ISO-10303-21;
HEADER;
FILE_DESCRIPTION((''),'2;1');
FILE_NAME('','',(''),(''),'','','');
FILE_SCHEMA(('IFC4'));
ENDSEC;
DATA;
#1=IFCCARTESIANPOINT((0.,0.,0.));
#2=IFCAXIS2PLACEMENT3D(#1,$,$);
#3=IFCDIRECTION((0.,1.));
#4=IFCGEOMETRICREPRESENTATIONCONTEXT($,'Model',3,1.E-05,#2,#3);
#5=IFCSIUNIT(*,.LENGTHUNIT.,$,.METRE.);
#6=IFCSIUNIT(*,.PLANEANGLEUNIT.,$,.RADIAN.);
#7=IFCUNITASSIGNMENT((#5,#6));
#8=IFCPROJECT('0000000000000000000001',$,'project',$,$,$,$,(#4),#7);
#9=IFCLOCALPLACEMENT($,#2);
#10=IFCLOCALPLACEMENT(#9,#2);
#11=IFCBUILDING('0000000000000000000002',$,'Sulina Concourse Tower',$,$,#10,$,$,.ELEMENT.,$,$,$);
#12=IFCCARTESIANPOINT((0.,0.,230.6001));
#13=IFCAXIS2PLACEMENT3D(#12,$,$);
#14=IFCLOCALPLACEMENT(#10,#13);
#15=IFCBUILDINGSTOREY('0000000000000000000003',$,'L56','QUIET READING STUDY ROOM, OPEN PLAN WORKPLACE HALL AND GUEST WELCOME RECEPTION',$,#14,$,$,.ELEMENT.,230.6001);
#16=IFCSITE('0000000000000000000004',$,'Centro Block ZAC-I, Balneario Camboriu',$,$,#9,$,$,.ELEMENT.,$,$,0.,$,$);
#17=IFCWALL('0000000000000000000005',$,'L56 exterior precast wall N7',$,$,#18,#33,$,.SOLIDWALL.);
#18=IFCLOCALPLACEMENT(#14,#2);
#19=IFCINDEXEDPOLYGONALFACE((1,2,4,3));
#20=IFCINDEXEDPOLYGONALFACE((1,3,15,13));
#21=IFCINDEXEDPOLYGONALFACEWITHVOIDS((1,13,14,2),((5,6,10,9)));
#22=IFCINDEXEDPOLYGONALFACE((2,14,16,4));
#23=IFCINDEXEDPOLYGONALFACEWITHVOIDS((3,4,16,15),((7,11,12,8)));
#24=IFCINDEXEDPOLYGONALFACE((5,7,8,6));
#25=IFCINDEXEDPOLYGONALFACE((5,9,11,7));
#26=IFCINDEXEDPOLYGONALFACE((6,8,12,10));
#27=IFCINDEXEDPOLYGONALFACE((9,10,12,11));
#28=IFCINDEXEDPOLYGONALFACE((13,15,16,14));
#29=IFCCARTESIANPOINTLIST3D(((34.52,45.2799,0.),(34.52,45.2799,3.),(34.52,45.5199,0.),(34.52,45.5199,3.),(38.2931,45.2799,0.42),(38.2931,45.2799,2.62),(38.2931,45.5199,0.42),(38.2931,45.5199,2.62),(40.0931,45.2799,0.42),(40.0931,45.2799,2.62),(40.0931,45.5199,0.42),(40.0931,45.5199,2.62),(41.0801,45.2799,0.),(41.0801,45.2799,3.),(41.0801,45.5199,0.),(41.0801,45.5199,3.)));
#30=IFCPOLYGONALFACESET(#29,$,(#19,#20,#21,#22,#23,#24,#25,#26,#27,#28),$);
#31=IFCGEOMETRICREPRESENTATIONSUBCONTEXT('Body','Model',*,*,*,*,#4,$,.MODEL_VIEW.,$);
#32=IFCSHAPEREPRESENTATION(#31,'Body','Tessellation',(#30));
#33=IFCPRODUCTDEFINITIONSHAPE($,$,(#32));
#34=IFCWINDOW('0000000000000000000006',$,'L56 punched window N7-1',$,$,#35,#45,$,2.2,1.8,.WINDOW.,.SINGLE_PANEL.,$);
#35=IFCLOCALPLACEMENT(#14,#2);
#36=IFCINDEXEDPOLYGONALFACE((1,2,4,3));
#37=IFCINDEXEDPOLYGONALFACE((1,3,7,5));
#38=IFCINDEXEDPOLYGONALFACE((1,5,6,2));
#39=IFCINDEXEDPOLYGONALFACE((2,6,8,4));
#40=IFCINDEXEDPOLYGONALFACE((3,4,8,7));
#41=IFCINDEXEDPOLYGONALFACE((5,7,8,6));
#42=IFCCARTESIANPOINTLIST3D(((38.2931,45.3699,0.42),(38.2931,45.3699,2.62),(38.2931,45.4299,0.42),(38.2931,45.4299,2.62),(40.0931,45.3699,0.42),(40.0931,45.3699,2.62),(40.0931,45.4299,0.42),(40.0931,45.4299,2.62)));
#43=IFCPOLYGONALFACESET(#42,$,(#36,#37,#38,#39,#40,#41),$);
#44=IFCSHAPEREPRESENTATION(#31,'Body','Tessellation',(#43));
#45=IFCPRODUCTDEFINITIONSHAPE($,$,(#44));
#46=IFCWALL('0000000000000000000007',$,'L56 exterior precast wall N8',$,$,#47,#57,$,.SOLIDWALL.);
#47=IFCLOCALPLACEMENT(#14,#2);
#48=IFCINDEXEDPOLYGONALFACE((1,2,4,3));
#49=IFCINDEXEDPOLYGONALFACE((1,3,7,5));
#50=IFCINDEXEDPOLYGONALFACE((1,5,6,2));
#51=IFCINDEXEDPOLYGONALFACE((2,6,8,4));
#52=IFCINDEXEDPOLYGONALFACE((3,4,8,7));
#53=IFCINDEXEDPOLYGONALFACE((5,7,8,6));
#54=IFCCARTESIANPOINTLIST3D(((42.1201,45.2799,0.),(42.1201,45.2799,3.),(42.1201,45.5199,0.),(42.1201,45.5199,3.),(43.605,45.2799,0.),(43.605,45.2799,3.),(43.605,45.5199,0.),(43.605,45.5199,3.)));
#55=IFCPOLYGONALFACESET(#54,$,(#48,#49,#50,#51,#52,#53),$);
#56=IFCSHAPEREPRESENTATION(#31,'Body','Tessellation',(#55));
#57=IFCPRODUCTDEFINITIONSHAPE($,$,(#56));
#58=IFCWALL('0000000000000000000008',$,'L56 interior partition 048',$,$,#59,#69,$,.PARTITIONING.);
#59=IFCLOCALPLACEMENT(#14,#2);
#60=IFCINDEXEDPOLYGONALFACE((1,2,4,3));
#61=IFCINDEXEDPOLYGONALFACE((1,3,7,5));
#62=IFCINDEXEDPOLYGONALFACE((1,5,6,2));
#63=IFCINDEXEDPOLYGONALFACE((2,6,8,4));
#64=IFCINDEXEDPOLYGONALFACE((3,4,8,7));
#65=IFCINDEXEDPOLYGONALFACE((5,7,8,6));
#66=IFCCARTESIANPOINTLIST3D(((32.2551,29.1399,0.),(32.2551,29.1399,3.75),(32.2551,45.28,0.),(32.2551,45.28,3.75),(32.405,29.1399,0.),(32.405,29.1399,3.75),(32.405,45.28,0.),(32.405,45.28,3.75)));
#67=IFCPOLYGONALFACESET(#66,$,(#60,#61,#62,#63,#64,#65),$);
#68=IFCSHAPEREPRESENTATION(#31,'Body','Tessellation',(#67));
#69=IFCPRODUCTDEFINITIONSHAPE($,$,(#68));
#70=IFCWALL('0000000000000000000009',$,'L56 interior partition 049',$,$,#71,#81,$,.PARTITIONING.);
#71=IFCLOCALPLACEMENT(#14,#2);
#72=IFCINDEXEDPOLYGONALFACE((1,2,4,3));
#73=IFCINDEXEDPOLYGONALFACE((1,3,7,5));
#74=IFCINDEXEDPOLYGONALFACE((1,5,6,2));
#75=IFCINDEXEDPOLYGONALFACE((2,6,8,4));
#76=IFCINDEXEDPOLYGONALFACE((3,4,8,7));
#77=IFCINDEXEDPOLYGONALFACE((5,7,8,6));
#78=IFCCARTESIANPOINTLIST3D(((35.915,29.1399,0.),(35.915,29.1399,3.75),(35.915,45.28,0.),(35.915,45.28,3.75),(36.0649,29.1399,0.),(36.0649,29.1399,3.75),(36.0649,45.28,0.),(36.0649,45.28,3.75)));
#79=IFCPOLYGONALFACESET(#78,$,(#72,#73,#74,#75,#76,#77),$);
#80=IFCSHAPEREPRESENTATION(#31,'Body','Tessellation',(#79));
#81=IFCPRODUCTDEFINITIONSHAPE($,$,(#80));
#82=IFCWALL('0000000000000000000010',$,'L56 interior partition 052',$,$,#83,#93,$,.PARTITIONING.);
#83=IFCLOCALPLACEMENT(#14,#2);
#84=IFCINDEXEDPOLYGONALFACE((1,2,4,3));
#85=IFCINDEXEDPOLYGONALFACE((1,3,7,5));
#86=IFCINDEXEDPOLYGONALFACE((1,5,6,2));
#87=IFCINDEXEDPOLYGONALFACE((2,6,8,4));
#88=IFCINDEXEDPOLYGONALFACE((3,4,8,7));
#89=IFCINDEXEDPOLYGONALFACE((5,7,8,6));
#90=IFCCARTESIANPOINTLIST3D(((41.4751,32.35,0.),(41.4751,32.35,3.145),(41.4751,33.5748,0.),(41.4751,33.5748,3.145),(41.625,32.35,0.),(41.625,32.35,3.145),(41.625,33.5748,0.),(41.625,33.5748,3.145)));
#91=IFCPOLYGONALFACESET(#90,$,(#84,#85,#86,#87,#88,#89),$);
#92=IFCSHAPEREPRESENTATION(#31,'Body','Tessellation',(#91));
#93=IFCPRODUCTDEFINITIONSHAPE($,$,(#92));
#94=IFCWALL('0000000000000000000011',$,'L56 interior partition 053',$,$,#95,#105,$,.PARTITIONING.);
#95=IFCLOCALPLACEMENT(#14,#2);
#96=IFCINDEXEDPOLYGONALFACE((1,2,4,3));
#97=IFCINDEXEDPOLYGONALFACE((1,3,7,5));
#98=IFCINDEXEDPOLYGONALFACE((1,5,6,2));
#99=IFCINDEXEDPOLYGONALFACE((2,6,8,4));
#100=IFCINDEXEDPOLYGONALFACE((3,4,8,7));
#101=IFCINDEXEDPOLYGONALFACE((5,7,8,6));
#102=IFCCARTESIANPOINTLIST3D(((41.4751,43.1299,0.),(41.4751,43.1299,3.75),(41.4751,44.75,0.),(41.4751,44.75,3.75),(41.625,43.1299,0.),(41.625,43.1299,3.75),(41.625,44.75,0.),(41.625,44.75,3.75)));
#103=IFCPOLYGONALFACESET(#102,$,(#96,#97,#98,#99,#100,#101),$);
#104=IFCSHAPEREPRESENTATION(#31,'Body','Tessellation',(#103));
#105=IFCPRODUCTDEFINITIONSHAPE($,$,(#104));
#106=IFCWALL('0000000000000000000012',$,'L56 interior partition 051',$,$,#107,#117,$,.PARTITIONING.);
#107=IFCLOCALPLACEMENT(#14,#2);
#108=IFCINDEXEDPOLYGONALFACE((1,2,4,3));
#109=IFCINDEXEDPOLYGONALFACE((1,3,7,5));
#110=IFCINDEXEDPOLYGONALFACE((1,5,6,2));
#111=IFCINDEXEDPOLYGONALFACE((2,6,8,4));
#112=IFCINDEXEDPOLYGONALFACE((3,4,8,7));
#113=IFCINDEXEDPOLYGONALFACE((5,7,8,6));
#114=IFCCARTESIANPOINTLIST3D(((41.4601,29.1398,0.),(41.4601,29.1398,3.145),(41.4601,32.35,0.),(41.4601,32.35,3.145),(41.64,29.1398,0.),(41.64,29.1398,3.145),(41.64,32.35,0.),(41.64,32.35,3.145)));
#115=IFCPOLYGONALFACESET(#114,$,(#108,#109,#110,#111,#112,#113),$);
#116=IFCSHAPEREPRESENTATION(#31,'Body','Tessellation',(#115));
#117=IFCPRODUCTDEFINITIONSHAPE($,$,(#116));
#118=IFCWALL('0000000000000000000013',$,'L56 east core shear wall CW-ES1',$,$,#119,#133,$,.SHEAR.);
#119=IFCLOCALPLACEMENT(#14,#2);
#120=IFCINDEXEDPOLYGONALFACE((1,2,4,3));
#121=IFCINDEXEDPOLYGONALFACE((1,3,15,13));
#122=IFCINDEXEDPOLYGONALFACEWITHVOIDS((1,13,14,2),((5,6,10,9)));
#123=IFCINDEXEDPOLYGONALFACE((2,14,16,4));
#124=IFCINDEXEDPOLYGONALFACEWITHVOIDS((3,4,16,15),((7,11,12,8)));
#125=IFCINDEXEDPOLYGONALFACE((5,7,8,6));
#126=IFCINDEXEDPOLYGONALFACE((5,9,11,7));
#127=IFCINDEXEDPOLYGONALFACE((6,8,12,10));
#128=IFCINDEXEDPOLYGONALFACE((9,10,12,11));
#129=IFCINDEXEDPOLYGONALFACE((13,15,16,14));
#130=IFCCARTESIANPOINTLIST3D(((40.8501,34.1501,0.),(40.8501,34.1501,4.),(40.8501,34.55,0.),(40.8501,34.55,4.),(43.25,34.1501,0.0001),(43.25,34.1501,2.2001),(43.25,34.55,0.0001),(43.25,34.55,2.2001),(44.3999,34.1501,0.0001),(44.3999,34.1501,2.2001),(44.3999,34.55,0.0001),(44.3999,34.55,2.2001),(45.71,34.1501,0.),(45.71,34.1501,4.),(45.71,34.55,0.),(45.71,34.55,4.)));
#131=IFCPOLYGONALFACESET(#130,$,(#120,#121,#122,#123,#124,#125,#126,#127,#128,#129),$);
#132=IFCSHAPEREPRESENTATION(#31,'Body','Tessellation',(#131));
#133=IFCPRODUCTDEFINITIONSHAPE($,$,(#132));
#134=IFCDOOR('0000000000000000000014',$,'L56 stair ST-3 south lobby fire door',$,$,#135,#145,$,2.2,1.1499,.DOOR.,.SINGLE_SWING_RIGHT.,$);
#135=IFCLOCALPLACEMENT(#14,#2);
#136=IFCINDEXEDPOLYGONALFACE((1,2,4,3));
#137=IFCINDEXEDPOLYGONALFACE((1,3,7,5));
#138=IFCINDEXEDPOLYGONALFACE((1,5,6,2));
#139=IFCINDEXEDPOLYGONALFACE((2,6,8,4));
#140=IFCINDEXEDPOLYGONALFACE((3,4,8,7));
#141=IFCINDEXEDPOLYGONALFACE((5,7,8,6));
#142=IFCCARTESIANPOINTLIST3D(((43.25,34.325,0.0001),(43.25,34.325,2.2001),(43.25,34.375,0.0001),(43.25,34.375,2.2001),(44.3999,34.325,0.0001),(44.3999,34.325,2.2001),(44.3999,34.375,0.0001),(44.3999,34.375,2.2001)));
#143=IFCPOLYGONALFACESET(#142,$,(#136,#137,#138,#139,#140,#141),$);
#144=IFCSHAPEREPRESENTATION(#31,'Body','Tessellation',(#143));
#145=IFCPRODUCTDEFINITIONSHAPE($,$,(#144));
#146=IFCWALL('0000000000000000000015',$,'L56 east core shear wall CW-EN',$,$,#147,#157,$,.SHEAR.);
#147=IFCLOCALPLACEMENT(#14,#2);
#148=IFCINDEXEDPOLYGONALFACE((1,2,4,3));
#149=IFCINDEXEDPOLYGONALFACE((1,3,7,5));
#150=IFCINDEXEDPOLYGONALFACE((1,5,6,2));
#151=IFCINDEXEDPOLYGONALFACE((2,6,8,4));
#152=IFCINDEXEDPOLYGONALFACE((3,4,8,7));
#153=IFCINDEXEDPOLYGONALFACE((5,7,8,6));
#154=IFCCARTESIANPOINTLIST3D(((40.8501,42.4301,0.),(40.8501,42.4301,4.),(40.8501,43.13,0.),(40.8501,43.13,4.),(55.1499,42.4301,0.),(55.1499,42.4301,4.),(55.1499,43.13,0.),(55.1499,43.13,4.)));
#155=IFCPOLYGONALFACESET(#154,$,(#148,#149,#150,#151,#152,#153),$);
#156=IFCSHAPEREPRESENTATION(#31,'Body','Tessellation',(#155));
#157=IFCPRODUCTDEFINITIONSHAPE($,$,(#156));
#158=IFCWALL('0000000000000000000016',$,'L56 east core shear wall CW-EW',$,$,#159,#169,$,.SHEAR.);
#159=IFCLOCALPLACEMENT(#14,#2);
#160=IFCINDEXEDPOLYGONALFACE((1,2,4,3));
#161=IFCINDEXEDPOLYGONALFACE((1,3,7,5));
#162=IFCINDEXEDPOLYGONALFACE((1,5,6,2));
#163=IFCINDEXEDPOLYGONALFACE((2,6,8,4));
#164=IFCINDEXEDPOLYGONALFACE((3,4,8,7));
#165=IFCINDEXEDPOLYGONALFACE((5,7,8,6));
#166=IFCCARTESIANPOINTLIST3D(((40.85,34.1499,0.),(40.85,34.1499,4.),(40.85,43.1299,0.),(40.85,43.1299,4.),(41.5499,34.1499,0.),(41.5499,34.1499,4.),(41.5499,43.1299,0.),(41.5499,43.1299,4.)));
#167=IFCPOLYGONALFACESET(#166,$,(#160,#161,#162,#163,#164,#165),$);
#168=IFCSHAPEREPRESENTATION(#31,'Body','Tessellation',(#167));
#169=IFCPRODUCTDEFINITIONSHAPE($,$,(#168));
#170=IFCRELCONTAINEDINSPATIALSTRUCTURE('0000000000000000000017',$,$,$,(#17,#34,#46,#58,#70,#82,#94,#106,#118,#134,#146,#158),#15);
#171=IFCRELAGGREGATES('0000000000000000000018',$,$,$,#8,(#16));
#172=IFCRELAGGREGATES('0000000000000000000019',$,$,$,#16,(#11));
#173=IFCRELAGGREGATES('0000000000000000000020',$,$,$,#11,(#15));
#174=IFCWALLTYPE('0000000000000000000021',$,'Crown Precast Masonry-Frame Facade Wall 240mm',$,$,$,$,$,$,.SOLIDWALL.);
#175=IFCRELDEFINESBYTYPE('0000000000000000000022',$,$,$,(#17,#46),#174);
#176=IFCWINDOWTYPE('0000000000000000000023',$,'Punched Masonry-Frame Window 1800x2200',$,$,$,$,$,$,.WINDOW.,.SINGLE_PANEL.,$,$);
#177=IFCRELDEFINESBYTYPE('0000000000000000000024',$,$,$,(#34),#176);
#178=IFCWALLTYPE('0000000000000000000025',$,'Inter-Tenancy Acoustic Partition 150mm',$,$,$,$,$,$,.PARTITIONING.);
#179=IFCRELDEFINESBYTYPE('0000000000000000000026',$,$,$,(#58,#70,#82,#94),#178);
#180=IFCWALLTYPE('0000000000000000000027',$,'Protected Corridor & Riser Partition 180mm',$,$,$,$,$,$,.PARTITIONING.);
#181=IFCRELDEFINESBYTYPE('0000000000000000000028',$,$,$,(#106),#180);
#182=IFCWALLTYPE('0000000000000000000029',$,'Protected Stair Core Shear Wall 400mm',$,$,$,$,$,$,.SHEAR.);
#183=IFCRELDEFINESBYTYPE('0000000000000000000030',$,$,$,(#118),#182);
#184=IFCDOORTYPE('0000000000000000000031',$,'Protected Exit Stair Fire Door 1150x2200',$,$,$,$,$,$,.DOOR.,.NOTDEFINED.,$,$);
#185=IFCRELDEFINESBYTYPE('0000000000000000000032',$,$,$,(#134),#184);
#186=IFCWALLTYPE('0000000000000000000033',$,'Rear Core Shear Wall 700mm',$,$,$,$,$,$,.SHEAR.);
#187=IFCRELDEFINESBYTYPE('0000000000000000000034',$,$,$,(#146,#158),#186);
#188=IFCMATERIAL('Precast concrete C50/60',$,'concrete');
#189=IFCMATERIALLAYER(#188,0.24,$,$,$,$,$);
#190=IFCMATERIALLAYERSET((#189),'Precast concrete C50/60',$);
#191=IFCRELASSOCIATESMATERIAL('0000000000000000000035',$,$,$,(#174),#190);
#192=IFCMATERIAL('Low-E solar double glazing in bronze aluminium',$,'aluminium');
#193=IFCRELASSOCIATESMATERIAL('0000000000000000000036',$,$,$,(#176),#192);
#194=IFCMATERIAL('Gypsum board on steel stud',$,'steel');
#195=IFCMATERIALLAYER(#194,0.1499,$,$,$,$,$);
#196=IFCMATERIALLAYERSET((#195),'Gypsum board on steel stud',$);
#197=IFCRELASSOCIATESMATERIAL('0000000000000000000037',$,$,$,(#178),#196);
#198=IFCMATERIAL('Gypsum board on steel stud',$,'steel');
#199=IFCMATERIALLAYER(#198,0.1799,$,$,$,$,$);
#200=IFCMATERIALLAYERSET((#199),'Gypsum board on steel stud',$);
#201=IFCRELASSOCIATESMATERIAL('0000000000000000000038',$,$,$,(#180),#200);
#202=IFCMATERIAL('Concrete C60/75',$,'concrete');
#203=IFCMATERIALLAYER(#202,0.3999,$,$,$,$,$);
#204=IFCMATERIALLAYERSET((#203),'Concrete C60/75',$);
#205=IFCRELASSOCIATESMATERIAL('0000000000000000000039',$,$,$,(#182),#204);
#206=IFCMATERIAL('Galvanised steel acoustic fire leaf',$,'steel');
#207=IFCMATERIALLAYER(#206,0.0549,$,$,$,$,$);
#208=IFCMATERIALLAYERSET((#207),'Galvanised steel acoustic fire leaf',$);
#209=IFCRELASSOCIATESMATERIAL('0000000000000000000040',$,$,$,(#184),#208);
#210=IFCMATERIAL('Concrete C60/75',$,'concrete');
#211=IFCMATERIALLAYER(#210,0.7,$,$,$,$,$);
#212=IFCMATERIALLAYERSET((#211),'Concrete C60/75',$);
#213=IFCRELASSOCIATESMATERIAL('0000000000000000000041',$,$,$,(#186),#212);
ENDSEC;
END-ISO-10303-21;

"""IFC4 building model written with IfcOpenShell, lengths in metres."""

from ifc_helpers import new_model, si_unit, direction, frame, frame_2d, origin, place, context, subcontext, project, spatial, rectangle, extrude, material, layer, layer_set, type_object, element, fill, save


model = new_model("IFC4")

# Units and contexts
model_context = context("Model", 3, precision=1e-05, world=origin(), true_north=direction((0.0, 1.0)))
body_context = subcontext(model_context, "Body", "Model", "MODEL_VIEW")
ifc_project = project(units=[si_unit("LENGTHUNIT", "METRE"), si_unit("PLANEANGLEUNIT", "RADIAN")], contexts=[model_context])

# Site, building, storey
site_placement = place(None, origin())
site = spatial("IfcSite", under=ifc_project, at=site_placement, Name="Centro Block ZAC-I, Balneario Camboriu", CompositionType="ELEMENT", RefElevation=0.0)
building_placement = place(site_placement, origin())
building = spatial("IfcBuilding", under=site, at=building_placement, Name="Sulina Concourse Tower", CompositionType="ELEMENT")
storey_placement = place(building_placement, frame((0.0, 0.0, 230.6001)))
storey = spatial("IfcBuildingStorey", under=building, at=storey_placement, Name="L56", Description="QUIET READING STUDY ROOM, OPEN PLAN WORKPLACE HALL AND GUEST WELCOME RECEPTION", CompositionType="ELEMENT", Elevation=230.6001)

# Shared definitions
ifc_material_1 = material(Name="Precast concrete C50/60", Category="concrete")
ifc_layer_1 = layer(ifc_material_1, 0.24)
ifc_layer_set_1 = layer_set([ifc_layer_1], Name="Precast concrete C50/60")
wall_type_1 = type_object("IfcWallType", Name="Crown Precast Masonry-Frame Facade Wall 240mm", PredefinedType="SOLIDWALL", material=ifc_layer_set_1)

# Wall, opening, window
wall_1_placement = place(storey_placement, frame((34.52, 45.3999, 0.0), z_axis=(0.0, 0.0, 1.0), x_axis=(1.0, 0.0, 0.0)))
wall_1 = element("IfcWall", 1, at=wall_1_placement, inside=storey, type_object=wall_type_1, Name="L56 exterior precast wall N7", PredefinedType="SOLIDWALL", context=body_context, shape_type="SweptSolid", body=[
    extrude(rectangle(XDim=6.5601, YDim=0.24, at=frame_2d((3.28, 0.0))), origin(), (0.0, 0.0, 1.0), 3.0),
])
opening_1_placement = place(wall_1_placement, frame((3.7732, 0.0, 0.4199)))
opening_1 = element("IfcOpeningElement", 2, at=opening_1_placement, cuts=wall_1, PredefinedType="OPENING", context=body_context, shape_type="SweptSolid", body=[
    extrude(rectangle(XDim=1.8, YDim=2.2, at=frame_2d((0.8999, 1.1001))), frame((0.0, 0.1299, 0.0), z_axis=(0.0, -1.0, 0.0), x_axis=(1.0, 0.0, 0.0)), (0.0, 0.0, 1.0), 0.26),
])
ifc_material_2 = material(Name="Low-E solar double glazing in bronze aluminium", Category="aluminium")
window_type = type_object("IfcWindowType", Name="Punched Masonry-Frame Window 1800x2200", PartitioningType="SINGLE_PANEL", PredefinedType="WINDOW", material=ifc_material_2)
window_placement = place(opening_1_placement, origin())
window = element("IfcWindow", 3, at=window_placement, inside=storey, type_object=window_type, Name="L56 punched window N7-1", OverallHeight=2.2, OverallWidth=1.8, PartitioningType="SINGLE_PANEL", PredefinedType="WINDOW", context=body_context, shape_type="SweptSolid", body=[
    extrude(rectangle(XDim=1.8, YDim=2.2, at=frame_2d((0.8999, 1.1001))), frame((0.0, 0.03, 0.0), z_axis=(0.0, -1.0, 0.0), x_axis=(1.0, 0.0, 0.0)), (0.0, 0.0, 1.0), 0.0601),
])
fill(opening_1, window)

# Walls
wall_2_placement = place(storey_placement, frame((42.1201, 45.3999, 0.0), z_axis=(0.0, 0.0, 1.0), x_axis=(1.0, 0.0, 0.0)))
element("IfcWall", 4, at=wall_2_placement, inside=storey, type_object=wall_type_1, Name="L56 exterior precast wall N8", PredefinedType="SOLIDWALL", context=body_context, shape_type="SweptSolid", body=[
    extrude(rectangle(XDim=1.4849, YDim=0.24, at=frame_2d((0.7424, 0.0))), origin(), (0.0, 0.0, 1.0), 3.0),
])
ifc_material_3 = material(Name="Gypsum board on steel stud", Category="steel")
ifc_layer_2 = layer(ifc_material_3, 0.1499)
ifc_layer_set_2 = layer_set([ifc_layer_2], Name="Gypsum board on steel stud")
wall_type_2 = type_object("IfcWallType", Name="Inter-Tenancy Acoustic Partition 150mm", PredefinedType="PARTITIONING", material=ifc_layer_set_2)
for number, where, z_axis, x_axis, name in (
    (5, (32.3301, 29.1399, 0.0), (0.0, 0.0, 1.0), (0.0, 1.0, 0.0), "L56 interior partition 048"),
    (6, (35.99, 29.1399, 0.0), (0.0, 0.0, 1.0), (0.0, 1.0, 0.0), "L56 interior partition 049"),
):
    element("IfcWall", number, at=place(storey_placement, frame(where, z_axis=z_axis, x_axis=x_axis)), inside=storey, type_object=wall_type_2, Name=name, PredefinedType="PARTITIONING", context=body_context, shape_type="SweptSolid", body=[
        extrude(rectangle(XDim=16.1401, YDim=0.1499, at=frame_2d((8.0701, 0.0))), origin(), (0.0, 0.0, 1.0), 3.75),
    ])
wall_3_placement = place(storey_placement, frame((41.55, 32.3501, 0.0), z_axis=(0.0, 0.0, 1.0), x_axis=(0.0, 1.0, 0.0)))
element("IfcWall", 7, at=wall_3_placement, inside=storey, type_object=wall_type_2, Name="L56 interior partition 052", PredefinedType="PARTITIONING", context=body_context, shape_type="SweptSolid", body=[
    extrude(rectangle(XDim=1.2249, YDim=0.1499, at=frame_2d((0.6123, 0.0))), origin(), (0.0, 0.0, 1.0), 3.145),
])
wall_4_placement = place(storey_placement, frame((41.55, 43.1299, 0.0), z_axis=(0.0, 0.0, 1.0), x_axis=(0.0, 1.0, 0.0)))
element("IfcWall", 8, at=wall_4_placement, inside=storey, type_object=wall_type_2, Name="L56 interior partition 053", PredefinedType="PARTITIONING", context=body_context, shape_type="SweptSolid", body=[
    extrude(rectangle(XDim=1.6201, YDim=0.1499, at=frame_2d((0.8101, 0.0))), origin(), (0.0, 0.0, 1.0), 3.75),
])
ifc_material_4 = material(Name="Gypsum board on steel stud", Category="steel")
ifc_layer_3 = layer(ifc_material_4, 0.1799)
ifc_layer_set_3 = layer_set([ifc_layer_3], Name="Gypsum board on steel stud")
wall_type_3 = type_object("IfcWallType", Name="Protected Corridor & Riser Partition 180mm", PredefinedType="PARTITIONING", material=ifc_layer_set_3)
wall_5_placement = place(storey_placement, frame((41.55, 29.1399, 0.0), z_axis=(0.0, 0.0, 1.0), x_axis=(0.0, 1.0, 0.0)))
element("IfcWall", 9, at=wall_5_placement, inside=storey, type_object=wall_type_3, Name="L56 interior partition 051", PredefinedType="PARTITIONING", context=body_context, shape_type="SweptSolid", body=[
    extrude(rectangle(XDim=3.2102, YDim=0.1799, at=frame_2d((1.605, 0.0))), origin(), (0.0, 0.0, 1.0), 3.145),
])

# Wall, opening, door
ifc_material_5 = material(Name="Concrete C60/75", Category="concrete")
ifc_layer_4 = layer(ifc_material_5, 0.3999)
ifc_layer_set_4 = layer_set([ifc_layer_4], Name="Concrete C60/75")
wall_type_4 = type_object("IfcWallType", Name="Protected Stair Core Shear Wall 400mm", PredefinedType="SHEAR", material=ifc_layer_set_4)
wall_6_placement = place(storey_placement, frame((40.8501, 34.3501, 0.0), z_axis=(0.0, 0.0, 1.0), x_axis=(1.0, 0.0, 0.0)))
wall_6 = element("IfcWall", 10, at=wall_6_placement, inside=storey, type_object=wall_type_4, Name="L56 east core shear wall CW-ES1", PredefinedType="SHEAR", context=body_context, shape_type="SweptSolid", body=[
    extrude(rectangle(XDim=4.8599, YDim=0.3999, at=frame_2d((2.4299, 0.0))), origin(), (0.0, 0.0, 1.0), 4.0),
])
opening_2_placement = place(wall_6_placement, frame((2.3999, 0.0, 0.0)))
opening_2 = element("IfcOpeningElement", 11, at=opening_2_placement, cuts=wall_6, PredefinedType="OPENING", context=body_context, shape_type="SweptSolid", body=[
    extrude(rectangle(XDim=1.1499, YDim=2.2, at=frame_2d((0.575, 1.1001))), frame((0.0, 0.21, 0.0), z_axis=(0.0, -1.0, 0.0), x_axis=(1.0, 0.0, 0.0)), (0.0, 0.0, 1.0), 0.4199),
])
ifc_material_6 = material(Name="Galvanised steel acoustic fire leaf", Category="steel")
ifc_layer_5 = layer(ifc_material_6, 0.0549)
ifc_layer_set_5 = layer_set([ifc_layer_5], Name="Galvanised steel acoustic fire leaf")
door_type = type_object("IfcDoorType", Name="Protected Exit Stair Fire Door 1150x2200", OperationType="NOTDEFINED", PredefinedType="DOOR", material=ifc_layer_set_5)
door_placement = place(opening_2_placement, origin())
door = element("IfcDoor", 12, at=door_placement, inside=storey, type_object=door_type, Name="L56 stair ST-3 south lobby fire door", OperationType="SINGLE_SWING_RIGHT", OverallHeight=2.2, OverallWidth=1.1499, PredefinedType="DOOR", context=body_context, shape_type="SweptSolid", body=[
    extrude(rectangle(XDim=1.1499, YDim=2.2, at=frame_2d((0.575, 1.1001))), frame((0.0, 0.0249, 0.0), z_axis=(0.0, -1.0, 0.0), x_axis=(1.0, 0.0, 0.0)), (0.0, 0.0, 1.0), 0.05),
])
fill(opening_2, door)

# Walls
ifc_material_7 = material(Name="Concrete C60/75", Category="concrete")
ifc_layer_6 = layer(ifc_material_7, 0.7)
ifc_layer_set_6 = layer_set([ifc_layer_6], Name="Concrete C60/75")
wall_type_5 = type_object("IfcWallType", Name="Rear Core Shear Wall 700mm", PredefinedType="SHEAR", material=ifc_layer_set_6)
wall_7_placement = place(storey_placement, frame((40.8501, 42.78, 0.0), z_axis=(0.0, 0.0, 1.0), x_axis=(1.0, 0.0, 0.0)))
element("IfcWall", 13, at=wall_7_placement, inside=storey, type_object=wall_type_5, Name="L56 east core shear wall CW-EN", PredefinedType="SHEAR", context=body_context, shape_type="SweptSolid", body=[
    extrude(rectangle(XDim=14.2998, YDim=0.7, at=frame_2d((7.1499, 0.0))), origin(), (0.0, 0.0, 1.0), 4.0),
])
wall_8_placement = place(storey_placement, frame((41.2, 34.1499, 0.0), z_axis=(0.0, 0.0, 1.0), x_axis=(0.0, 1.0, 0.0)))
element("IfcWall", 14, at=wall_8_placement, inside=storey, type_object=wall_type_5, Name="L56 east core shear wall CW-EW", PredefinedType="SHEAR", context=body_context, shape_type="SweptSolid", body=[
    extrude(rectangle(XDim=8.98, YDim=0.7, at=frame_2d((4.49, 0.0))), origin(), (0.0, 0.0, 1.0), 4.0),
])

save(model, "model.ifc")
